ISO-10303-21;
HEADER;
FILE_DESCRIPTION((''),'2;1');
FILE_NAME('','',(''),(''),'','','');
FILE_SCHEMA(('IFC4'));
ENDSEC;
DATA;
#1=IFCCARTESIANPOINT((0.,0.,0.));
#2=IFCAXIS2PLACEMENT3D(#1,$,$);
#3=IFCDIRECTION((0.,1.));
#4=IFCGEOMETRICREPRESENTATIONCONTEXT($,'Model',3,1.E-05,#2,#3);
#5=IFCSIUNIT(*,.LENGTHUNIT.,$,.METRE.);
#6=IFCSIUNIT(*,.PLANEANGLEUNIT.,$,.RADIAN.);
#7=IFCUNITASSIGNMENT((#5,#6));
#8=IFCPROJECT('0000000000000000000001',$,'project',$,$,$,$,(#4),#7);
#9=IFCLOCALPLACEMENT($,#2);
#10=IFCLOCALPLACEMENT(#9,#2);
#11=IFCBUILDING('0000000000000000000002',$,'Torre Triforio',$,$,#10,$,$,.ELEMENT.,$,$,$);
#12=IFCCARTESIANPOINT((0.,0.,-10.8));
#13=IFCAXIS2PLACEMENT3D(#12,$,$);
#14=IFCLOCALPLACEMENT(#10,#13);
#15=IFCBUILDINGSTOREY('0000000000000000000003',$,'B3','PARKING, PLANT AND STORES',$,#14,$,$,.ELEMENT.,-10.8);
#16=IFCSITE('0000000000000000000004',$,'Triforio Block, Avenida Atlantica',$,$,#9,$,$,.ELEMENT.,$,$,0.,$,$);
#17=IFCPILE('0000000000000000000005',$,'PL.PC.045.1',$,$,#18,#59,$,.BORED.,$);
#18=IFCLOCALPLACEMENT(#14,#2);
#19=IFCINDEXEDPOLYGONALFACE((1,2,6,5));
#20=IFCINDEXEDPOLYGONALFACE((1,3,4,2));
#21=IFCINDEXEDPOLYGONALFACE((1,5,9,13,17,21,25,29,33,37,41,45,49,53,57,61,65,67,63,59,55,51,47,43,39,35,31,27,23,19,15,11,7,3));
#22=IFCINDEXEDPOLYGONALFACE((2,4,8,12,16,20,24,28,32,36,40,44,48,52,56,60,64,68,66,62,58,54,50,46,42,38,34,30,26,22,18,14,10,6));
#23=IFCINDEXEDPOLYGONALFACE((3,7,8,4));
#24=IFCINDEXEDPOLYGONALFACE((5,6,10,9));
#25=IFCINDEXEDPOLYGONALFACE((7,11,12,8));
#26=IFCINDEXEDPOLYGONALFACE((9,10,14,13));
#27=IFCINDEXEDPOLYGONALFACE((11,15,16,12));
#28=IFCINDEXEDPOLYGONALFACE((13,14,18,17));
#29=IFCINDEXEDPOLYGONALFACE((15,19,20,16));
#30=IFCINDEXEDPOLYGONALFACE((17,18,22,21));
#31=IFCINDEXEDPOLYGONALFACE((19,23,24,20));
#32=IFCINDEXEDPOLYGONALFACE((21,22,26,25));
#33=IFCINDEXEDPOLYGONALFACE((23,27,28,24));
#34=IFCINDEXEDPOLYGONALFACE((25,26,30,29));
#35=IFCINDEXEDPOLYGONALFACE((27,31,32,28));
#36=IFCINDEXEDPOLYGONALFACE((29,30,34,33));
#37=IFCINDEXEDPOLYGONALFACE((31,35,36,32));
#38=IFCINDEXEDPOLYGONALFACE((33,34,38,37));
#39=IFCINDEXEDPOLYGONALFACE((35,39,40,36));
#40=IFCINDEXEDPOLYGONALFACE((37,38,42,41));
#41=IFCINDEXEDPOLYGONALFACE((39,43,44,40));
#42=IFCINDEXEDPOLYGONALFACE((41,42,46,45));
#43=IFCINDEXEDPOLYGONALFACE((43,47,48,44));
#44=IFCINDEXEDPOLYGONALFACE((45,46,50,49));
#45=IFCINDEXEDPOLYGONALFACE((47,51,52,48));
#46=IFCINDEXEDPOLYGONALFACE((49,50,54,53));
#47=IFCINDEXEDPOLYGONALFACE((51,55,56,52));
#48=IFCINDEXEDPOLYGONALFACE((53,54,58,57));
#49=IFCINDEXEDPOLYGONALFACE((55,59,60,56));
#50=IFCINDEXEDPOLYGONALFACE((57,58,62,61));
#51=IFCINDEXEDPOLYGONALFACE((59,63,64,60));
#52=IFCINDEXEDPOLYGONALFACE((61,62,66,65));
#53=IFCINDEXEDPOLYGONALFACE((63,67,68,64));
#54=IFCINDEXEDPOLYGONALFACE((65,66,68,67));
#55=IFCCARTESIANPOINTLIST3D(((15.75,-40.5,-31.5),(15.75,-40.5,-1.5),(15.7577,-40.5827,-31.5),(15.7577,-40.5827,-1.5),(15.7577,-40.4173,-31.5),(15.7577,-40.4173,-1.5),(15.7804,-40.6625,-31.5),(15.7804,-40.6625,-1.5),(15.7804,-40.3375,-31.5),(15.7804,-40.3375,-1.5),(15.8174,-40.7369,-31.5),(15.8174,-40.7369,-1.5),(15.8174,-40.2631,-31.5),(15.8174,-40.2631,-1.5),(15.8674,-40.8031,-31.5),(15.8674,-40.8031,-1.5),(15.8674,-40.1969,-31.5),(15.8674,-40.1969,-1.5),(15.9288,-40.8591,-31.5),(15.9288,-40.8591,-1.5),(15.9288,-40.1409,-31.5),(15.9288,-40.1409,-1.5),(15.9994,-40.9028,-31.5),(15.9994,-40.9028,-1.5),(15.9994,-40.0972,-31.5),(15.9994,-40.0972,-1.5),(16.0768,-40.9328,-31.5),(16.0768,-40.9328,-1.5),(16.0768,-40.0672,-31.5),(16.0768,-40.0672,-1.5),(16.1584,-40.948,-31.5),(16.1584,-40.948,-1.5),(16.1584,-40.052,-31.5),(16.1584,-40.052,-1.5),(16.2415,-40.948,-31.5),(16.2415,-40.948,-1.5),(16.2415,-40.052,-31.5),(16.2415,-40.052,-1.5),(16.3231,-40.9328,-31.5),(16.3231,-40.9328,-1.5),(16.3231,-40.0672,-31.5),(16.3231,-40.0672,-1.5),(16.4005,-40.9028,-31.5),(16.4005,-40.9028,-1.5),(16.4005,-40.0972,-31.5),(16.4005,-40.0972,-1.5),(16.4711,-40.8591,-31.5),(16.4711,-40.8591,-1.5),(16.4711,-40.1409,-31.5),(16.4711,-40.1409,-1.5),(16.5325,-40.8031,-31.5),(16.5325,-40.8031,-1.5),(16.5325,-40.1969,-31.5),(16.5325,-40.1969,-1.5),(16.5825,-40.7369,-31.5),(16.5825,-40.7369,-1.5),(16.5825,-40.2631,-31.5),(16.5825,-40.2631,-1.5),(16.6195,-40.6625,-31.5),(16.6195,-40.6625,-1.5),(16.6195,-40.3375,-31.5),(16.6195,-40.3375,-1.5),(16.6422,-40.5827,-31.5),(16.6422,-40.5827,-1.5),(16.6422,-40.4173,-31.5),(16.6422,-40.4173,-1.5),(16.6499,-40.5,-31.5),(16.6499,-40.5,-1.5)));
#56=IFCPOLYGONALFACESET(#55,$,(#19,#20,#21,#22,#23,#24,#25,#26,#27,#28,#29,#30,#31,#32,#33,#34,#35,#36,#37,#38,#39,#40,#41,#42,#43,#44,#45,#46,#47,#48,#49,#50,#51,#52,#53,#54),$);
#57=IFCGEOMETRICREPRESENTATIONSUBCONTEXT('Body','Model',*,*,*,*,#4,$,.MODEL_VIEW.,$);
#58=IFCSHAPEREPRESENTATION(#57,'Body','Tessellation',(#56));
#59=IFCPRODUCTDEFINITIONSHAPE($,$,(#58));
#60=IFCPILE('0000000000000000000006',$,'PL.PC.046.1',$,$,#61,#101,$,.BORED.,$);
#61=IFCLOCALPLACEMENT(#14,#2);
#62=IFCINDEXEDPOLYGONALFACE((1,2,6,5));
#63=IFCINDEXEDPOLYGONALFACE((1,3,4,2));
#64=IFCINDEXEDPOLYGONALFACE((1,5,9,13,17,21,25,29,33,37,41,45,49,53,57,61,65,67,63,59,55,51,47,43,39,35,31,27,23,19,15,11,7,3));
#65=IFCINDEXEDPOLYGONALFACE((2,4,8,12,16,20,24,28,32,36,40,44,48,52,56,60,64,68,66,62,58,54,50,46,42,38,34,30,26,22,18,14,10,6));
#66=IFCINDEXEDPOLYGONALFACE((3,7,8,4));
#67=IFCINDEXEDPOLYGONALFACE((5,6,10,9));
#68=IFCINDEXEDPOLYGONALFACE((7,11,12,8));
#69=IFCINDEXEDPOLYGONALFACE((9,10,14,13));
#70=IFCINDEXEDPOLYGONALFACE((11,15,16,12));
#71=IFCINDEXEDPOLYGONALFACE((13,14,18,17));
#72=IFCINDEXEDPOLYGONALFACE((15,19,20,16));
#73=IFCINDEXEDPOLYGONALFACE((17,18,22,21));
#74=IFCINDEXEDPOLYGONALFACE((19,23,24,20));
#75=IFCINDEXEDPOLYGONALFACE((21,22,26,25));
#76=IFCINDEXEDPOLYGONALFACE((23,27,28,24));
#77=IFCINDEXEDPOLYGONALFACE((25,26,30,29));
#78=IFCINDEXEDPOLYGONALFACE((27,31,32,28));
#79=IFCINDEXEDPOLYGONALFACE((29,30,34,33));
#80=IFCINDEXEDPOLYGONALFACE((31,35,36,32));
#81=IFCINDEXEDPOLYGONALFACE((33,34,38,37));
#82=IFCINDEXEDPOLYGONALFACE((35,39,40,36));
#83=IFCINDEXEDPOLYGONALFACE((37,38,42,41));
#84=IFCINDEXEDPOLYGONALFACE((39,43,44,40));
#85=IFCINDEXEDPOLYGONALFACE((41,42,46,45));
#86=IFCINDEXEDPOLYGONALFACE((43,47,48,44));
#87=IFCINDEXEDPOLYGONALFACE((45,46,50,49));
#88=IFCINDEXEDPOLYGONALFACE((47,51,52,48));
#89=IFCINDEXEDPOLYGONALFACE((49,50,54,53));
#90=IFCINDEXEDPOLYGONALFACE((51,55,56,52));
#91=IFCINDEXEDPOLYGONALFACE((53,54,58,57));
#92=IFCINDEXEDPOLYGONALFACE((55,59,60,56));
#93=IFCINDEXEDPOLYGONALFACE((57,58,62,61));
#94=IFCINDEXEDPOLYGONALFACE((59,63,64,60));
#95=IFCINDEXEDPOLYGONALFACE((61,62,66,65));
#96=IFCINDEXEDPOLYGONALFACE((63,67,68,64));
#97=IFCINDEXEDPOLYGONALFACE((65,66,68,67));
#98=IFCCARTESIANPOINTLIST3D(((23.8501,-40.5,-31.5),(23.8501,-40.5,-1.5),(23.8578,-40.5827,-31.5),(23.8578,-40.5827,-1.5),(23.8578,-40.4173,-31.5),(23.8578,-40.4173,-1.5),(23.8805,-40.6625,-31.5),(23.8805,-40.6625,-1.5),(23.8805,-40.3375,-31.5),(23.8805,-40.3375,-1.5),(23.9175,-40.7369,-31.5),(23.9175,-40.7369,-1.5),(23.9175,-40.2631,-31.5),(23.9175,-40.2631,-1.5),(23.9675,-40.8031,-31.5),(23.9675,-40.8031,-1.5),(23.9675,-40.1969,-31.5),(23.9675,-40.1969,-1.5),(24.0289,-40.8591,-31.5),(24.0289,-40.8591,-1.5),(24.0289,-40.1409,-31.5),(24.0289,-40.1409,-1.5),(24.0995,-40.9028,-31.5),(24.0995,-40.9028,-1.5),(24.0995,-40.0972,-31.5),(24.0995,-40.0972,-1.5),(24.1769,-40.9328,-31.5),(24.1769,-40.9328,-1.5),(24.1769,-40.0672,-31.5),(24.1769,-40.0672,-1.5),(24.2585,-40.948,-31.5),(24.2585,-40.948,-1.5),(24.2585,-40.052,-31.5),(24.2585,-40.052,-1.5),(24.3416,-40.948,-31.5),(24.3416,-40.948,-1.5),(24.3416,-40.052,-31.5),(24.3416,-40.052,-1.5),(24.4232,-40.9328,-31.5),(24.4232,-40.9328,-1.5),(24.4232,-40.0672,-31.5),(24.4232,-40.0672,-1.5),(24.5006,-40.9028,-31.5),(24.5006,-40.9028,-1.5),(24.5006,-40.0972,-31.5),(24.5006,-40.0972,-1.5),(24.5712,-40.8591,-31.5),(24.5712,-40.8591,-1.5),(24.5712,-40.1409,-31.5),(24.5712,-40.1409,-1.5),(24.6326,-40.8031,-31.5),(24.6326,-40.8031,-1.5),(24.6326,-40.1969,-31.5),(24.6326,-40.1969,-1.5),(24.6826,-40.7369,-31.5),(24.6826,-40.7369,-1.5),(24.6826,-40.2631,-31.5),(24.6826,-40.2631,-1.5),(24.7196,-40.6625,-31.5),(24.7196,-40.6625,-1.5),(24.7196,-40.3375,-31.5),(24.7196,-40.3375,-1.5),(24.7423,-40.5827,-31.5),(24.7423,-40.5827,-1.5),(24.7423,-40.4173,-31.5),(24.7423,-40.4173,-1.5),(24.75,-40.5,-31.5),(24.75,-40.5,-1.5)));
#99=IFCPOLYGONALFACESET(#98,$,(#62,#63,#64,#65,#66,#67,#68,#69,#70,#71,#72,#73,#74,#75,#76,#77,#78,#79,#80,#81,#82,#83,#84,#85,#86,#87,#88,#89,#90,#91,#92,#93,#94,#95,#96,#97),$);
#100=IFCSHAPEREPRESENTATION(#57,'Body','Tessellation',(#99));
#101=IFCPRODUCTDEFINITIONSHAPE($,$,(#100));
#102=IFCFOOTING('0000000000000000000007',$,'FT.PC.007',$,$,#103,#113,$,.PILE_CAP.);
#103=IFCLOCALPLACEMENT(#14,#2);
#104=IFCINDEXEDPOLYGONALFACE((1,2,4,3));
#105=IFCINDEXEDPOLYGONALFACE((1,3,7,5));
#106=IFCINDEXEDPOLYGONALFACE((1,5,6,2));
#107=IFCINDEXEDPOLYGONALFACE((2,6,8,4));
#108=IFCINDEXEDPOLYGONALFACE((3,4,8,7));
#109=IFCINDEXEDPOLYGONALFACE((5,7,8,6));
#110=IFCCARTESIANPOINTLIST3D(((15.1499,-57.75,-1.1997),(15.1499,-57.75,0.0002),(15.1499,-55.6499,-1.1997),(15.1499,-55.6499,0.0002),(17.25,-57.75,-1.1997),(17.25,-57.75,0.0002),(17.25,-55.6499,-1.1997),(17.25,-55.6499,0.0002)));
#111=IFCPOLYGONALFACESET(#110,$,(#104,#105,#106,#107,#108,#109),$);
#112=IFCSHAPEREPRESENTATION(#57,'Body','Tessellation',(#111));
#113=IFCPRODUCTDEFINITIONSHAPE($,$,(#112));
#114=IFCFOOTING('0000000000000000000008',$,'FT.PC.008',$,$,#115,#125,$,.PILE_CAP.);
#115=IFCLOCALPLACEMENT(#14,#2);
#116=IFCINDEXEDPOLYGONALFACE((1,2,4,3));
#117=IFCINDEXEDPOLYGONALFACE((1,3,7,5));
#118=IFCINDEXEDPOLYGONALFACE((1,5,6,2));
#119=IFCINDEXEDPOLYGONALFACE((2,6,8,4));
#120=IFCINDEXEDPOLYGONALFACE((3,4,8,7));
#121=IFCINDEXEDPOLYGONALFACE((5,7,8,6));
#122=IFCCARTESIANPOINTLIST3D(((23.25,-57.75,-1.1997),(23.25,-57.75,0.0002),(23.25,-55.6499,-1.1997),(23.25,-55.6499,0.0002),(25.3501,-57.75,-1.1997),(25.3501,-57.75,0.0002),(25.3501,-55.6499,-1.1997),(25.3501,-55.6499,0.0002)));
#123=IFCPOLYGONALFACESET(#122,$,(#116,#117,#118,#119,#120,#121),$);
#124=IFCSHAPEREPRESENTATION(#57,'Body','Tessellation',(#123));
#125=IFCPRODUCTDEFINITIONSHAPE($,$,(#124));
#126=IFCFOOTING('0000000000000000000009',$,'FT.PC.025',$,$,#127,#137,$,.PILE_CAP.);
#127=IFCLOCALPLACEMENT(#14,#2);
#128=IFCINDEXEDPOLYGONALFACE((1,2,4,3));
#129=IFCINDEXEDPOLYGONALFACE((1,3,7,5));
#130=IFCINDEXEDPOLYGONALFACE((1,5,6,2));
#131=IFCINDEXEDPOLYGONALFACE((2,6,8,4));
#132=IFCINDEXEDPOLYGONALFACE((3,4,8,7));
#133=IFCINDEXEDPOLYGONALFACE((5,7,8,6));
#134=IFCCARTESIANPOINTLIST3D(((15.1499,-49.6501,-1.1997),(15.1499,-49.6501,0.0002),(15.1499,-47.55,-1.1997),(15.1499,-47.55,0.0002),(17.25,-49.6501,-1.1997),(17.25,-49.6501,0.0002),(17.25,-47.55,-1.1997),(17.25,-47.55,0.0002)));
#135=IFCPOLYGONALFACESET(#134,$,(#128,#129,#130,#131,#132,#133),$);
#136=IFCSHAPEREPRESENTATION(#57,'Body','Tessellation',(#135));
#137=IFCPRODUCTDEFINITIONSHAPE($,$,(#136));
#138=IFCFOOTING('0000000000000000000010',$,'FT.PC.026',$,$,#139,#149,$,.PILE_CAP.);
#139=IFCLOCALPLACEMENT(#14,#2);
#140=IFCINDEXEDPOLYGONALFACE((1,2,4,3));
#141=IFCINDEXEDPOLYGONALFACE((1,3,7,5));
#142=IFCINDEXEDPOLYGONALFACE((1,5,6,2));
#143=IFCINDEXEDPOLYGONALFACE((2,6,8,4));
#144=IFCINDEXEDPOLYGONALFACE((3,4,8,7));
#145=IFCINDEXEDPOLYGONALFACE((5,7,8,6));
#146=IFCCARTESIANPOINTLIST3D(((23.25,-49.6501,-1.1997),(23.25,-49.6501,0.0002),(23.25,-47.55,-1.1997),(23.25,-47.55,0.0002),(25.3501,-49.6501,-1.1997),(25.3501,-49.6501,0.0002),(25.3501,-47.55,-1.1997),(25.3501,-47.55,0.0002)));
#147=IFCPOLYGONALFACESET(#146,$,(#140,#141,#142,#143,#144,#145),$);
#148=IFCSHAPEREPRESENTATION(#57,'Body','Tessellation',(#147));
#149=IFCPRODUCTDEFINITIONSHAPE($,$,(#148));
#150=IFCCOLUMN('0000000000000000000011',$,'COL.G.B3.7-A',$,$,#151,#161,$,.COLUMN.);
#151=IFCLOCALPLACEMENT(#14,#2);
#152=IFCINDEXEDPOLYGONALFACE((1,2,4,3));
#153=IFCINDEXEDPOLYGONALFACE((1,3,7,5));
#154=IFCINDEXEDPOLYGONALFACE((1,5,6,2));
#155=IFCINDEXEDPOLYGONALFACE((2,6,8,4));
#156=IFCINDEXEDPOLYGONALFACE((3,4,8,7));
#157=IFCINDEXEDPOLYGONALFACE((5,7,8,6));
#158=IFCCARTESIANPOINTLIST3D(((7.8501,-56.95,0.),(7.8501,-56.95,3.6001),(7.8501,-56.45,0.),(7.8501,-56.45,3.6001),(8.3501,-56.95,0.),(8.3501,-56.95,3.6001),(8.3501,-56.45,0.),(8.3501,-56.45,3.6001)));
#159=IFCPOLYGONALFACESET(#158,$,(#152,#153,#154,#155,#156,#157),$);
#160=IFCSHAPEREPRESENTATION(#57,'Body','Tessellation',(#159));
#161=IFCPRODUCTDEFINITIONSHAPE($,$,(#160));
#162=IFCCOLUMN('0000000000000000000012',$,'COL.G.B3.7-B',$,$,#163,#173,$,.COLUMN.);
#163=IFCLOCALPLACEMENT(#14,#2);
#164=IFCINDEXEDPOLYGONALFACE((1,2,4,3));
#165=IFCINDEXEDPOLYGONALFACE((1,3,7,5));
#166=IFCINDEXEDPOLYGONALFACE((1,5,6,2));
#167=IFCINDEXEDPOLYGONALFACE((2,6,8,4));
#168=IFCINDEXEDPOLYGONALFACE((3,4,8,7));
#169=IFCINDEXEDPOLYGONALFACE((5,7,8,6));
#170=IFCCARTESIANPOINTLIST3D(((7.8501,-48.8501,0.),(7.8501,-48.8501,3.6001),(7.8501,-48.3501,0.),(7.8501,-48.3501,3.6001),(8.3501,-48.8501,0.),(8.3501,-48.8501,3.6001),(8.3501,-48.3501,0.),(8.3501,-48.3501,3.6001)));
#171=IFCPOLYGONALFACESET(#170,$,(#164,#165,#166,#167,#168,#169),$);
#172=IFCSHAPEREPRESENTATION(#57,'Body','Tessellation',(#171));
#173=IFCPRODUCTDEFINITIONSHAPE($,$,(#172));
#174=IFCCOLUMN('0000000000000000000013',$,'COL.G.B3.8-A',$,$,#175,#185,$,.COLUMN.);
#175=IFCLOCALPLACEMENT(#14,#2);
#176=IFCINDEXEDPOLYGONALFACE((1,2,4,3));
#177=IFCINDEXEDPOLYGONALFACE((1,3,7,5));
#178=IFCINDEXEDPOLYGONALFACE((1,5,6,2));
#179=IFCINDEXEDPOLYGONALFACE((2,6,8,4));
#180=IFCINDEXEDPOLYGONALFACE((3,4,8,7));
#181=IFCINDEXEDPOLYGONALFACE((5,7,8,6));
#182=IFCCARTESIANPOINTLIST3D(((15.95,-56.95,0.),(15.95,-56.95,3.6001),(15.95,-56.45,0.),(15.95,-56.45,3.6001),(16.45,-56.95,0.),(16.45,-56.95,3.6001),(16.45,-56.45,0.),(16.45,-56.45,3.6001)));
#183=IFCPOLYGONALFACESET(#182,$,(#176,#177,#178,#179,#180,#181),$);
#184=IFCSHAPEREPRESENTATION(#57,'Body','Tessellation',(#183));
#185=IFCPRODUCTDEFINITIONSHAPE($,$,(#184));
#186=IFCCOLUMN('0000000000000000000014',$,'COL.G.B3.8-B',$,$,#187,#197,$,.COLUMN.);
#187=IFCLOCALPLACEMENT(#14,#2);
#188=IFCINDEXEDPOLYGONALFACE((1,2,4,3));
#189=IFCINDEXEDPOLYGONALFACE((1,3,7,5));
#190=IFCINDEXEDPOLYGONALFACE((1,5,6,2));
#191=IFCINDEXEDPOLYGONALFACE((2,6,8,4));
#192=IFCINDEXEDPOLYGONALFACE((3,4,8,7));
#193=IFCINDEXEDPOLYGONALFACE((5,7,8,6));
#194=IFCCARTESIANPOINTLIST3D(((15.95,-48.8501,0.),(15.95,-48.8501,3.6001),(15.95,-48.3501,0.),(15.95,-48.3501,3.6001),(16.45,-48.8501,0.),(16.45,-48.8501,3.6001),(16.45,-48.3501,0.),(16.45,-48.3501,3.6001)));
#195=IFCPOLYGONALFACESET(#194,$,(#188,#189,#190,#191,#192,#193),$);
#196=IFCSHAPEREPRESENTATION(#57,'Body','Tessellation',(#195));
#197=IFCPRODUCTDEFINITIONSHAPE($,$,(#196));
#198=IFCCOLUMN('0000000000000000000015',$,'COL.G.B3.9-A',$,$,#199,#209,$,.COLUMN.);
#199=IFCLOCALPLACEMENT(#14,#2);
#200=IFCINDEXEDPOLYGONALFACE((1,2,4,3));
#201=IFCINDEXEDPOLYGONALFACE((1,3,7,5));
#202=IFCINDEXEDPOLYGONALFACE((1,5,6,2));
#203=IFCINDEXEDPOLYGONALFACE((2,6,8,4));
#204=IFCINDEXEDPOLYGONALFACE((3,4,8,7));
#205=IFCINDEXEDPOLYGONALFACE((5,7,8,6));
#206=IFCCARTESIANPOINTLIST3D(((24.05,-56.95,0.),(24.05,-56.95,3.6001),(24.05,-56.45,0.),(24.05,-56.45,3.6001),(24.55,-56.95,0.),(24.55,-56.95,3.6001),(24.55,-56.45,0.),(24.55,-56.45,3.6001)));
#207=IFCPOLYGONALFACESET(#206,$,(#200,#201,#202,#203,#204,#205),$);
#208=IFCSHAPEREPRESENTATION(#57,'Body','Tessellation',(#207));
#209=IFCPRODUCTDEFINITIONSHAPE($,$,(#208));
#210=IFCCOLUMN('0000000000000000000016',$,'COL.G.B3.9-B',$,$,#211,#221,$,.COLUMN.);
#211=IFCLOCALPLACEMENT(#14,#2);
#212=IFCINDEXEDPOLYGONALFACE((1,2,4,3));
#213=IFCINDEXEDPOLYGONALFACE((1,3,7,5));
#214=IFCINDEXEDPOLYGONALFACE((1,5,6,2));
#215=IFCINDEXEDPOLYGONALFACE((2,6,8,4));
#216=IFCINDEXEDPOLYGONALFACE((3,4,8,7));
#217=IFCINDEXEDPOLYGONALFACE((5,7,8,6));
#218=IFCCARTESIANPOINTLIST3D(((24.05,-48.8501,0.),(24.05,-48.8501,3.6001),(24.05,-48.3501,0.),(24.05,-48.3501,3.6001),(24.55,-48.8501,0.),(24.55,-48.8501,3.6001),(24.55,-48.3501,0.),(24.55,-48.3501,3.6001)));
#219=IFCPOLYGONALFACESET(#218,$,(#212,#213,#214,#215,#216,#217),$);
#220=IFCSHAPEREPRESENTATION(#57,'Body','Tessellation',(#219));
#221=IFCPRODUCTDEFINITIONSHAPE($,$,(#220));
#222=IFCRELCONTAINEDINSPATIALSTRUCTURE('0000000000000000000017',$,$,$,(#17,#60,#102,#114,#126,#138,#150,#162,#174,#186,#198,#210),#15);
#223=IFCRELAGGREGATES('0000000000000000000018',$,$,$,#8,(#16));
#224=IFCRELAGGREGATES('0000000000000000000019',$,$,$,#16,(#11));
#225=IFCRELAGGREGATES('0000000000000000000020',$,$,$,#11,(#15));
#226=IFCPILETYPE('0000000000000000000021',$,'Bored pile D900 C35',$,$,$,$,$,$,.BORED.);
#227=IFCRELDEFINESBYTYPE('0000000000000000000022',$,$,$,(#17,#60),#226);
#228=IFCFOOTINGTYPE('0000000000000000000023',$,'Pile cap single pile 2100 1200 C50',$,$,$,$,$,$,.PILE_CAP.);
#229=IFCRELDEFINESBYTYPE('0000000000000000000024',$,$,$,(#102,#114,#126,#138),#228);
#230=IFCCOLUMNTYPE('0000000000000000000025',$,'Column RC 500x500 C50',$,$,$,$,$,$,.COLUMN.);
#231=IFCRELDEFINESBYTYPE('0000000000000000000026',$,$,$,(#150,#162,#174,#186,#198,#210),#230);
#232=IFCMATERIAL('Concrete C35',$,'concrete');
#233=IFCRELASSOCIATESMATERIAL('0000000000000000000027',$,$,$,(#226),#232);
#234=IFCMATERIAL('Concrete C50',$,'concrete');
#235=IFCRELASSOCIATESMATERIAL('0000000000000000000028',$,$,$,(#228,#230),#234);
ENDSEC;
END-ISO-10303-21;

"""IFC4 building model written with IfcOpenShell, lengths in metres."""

from ifc_helpers import new_model, si_unit, direction, frame, origin, origin_2d, place, context, subcontext, project, spatial, rectangle, circle, extrude, material, material_profile, profile_set, type_object, element, save


model = new_model("IFC4")

# Units and contexts
model_context = context("Model", 3, precision=1e-05, world=origin(), true_north=direction((0.0, 1.0)))
body_context = subcontext(model_context, "Body", "Model", "MODEL_VIEW")
ifc_project = project(units=[si_unit("LENGTHUNIT", "METRE"), si_unit("PLANEANGLEUNIT", "RADIAN")], contexts=[model_context])

# Site, building, storey
site_placement = place(None, origin())
site = spatial("IfcSite", under=ifc_project, at=site_placement, Name="Triforio Block, Avenida Atlantica", CompositionType="ELEMENT", RefElevation=0.0)
building_placement = place(site_placement, origin())
building = spatial("IfcBuilding", under=site, at=building_placement, Name="Torre Triforio", CompositionType="ELEMENT")
storey_placement = place(building_placement, frame((0.0, 0.0, -10.8)))
storey = spatial("IfcBuildingStorey", under=building, at=storey_placement, Name="B3", Description="PARKING, PLANT AND STORES", CompositionType="ELEMENT", Elevation=-10.8)

# Piles
ifc_material_1 = material(Name="Concrete C35", Category="concrete")
ifc_material_profile_1 = material_profile(ifc_material_1, circle(Radius=0.45, at=origin_2d()), Name="RC D900")
ifc_profile_set_1 = profile_set([ifc_material_profile_1], Name="Concrete C35")
pile_type = type_object("IfcPileType", Name="Bored pile D900 C35", PredefinedType="BORED", material=ifc_profile_set_1)
for number, where, z_axis, x_axis, name in (
    (1, (16.2, -40.5, -1.5), (0.0, 0.0, -1.0), (1.0, 0.0, 0.0), "PL.PC.045.1"),
    (2, (24.3, -40.5, -1.5), (0.0, 0.0, -1.0), (1.0, 0.0, 0.0), "PL.PC.046.1"),
):
    element("IfcPile", number, at=place(storey_placement, frame(where, z_axis=z_axis, x_axis=x_axis)), inside=storey, type_object=pile_type, Name=name, PredefinedType="BORED", context=body_context, shape_type="SweptSolid", body=[
        extrude(circle(Radius=0.45, at=origin_2d()), origin(), (0.0, 0.0, 1.0), 30.0),
    ])

# Footings
ifc_material_2 = material(Name="Concrete C50", Category="concrete")
footing_type = type_object("IfcFootingType", Name="Pile cap single pile 2100 1200 C50", PredefinedType="PILE_CAP", material=ifc_material_2)
for number, where, z_axis, x_axis, name in (
    (3, (16.2, -56.7, -1.1997), (0.0, 0.0, 1.0), (1.0, 0.0, 0.0), "FT.PC.007"),
    (4, (24.3, -56.7, -1.1997), (0.0, 0.0, 1.0), (1.0, 0.0, 0.0), "FT.PC.008"),
    (5, (16.2, -48.6001, -1.1997), (0.0, 0.0, 1.0), (1.0, 0.0, 0.0), "FT.PC.025"),
    (6, (24.3, -48.6001, -1.1997), (0.0, 0.0, 1.0), (1.0, 0.0, 0.0), "FT.PC.026"),
):
    element("IfcFooting", number, at=place(storey_placement, frame(where, z_axis=z_axis, x_axis=x_axis)), inside=storey, type_object=footing_type, Name=name, PredefinedType="PILE_CAP", context=body_context, shape_type="SweptSolid", body=[
        extrude(rectangle(XDim=2.1001, YDim=2.1001, at=origin_2d()), origin(), (0.0, 0.0, 1.0), 1.2),
    ])

# Columns
ifc_material_profile_2 = material_profile(ifc_material_2, rectangle(XDim=0.5, YDim=0.5, at=origin_2d()), Name="RC 500x500")
ifc_profile_set_2 = profile_set([ifc_material_profile_2], Name="Concrete C50")
column_type_1 = type_object("IfcColumnType", Name="Column RC 500x500 C50", PredefinedType="COLUMN", material=ifc_profile_set_2)
for number, where, z_axis, x_axis, name in (
    (7, (8.1001, -56.7, 0.0), (0.0, 0.0, 1.0), (1.0, 0.0, 0.0), "COL.G.B3.7-A"),
    (8, (8.1001, -48.6001, 0.0), (0.0, 0.0, 1.0), (1.0, 0.0, 0.0), "COL.G.B3.7-B"),
    (9, (16.2, -56.7, 0.0), (0.0, 0.0, 1.0), (1.0, 0.0, 0.0), "COL.G.B3.8-A"),
    (10, (16.2, -48.6001, 0.0), (0.0, 0.0, 1.0), (1.0, 0.0, 0.0), "COL.G.B3.8-B"),
    (11, (24.3, -56.7, 0.0), (0.0, 0.0, 1.0), (1.0, 0.0, 0.0), "COL.G.B3.9-A"),
    (12, (24.3, -48.6001, 0.0), (0.0, 0.0, 1.0), (1.0, 0.0, 0.0), "COL.G.B3.9-B"),
):
    element("IfcColumn", number, at=place(storey_placement, frame(where, z_axis=z_axis, x_axis=x_axis)), inside=storey, type_object=column_type_1, Name=name, PredefinedType="COLUMN", context=body_context, shape_type="SweptSolid", body=[
        extrude(rectangle(XDim=0.5, YDim=0.5, at=origin_2d()), origin(), (0.0, 0.0, 1.0), 3.6001),
    ])

save(model, "model.ifc")
